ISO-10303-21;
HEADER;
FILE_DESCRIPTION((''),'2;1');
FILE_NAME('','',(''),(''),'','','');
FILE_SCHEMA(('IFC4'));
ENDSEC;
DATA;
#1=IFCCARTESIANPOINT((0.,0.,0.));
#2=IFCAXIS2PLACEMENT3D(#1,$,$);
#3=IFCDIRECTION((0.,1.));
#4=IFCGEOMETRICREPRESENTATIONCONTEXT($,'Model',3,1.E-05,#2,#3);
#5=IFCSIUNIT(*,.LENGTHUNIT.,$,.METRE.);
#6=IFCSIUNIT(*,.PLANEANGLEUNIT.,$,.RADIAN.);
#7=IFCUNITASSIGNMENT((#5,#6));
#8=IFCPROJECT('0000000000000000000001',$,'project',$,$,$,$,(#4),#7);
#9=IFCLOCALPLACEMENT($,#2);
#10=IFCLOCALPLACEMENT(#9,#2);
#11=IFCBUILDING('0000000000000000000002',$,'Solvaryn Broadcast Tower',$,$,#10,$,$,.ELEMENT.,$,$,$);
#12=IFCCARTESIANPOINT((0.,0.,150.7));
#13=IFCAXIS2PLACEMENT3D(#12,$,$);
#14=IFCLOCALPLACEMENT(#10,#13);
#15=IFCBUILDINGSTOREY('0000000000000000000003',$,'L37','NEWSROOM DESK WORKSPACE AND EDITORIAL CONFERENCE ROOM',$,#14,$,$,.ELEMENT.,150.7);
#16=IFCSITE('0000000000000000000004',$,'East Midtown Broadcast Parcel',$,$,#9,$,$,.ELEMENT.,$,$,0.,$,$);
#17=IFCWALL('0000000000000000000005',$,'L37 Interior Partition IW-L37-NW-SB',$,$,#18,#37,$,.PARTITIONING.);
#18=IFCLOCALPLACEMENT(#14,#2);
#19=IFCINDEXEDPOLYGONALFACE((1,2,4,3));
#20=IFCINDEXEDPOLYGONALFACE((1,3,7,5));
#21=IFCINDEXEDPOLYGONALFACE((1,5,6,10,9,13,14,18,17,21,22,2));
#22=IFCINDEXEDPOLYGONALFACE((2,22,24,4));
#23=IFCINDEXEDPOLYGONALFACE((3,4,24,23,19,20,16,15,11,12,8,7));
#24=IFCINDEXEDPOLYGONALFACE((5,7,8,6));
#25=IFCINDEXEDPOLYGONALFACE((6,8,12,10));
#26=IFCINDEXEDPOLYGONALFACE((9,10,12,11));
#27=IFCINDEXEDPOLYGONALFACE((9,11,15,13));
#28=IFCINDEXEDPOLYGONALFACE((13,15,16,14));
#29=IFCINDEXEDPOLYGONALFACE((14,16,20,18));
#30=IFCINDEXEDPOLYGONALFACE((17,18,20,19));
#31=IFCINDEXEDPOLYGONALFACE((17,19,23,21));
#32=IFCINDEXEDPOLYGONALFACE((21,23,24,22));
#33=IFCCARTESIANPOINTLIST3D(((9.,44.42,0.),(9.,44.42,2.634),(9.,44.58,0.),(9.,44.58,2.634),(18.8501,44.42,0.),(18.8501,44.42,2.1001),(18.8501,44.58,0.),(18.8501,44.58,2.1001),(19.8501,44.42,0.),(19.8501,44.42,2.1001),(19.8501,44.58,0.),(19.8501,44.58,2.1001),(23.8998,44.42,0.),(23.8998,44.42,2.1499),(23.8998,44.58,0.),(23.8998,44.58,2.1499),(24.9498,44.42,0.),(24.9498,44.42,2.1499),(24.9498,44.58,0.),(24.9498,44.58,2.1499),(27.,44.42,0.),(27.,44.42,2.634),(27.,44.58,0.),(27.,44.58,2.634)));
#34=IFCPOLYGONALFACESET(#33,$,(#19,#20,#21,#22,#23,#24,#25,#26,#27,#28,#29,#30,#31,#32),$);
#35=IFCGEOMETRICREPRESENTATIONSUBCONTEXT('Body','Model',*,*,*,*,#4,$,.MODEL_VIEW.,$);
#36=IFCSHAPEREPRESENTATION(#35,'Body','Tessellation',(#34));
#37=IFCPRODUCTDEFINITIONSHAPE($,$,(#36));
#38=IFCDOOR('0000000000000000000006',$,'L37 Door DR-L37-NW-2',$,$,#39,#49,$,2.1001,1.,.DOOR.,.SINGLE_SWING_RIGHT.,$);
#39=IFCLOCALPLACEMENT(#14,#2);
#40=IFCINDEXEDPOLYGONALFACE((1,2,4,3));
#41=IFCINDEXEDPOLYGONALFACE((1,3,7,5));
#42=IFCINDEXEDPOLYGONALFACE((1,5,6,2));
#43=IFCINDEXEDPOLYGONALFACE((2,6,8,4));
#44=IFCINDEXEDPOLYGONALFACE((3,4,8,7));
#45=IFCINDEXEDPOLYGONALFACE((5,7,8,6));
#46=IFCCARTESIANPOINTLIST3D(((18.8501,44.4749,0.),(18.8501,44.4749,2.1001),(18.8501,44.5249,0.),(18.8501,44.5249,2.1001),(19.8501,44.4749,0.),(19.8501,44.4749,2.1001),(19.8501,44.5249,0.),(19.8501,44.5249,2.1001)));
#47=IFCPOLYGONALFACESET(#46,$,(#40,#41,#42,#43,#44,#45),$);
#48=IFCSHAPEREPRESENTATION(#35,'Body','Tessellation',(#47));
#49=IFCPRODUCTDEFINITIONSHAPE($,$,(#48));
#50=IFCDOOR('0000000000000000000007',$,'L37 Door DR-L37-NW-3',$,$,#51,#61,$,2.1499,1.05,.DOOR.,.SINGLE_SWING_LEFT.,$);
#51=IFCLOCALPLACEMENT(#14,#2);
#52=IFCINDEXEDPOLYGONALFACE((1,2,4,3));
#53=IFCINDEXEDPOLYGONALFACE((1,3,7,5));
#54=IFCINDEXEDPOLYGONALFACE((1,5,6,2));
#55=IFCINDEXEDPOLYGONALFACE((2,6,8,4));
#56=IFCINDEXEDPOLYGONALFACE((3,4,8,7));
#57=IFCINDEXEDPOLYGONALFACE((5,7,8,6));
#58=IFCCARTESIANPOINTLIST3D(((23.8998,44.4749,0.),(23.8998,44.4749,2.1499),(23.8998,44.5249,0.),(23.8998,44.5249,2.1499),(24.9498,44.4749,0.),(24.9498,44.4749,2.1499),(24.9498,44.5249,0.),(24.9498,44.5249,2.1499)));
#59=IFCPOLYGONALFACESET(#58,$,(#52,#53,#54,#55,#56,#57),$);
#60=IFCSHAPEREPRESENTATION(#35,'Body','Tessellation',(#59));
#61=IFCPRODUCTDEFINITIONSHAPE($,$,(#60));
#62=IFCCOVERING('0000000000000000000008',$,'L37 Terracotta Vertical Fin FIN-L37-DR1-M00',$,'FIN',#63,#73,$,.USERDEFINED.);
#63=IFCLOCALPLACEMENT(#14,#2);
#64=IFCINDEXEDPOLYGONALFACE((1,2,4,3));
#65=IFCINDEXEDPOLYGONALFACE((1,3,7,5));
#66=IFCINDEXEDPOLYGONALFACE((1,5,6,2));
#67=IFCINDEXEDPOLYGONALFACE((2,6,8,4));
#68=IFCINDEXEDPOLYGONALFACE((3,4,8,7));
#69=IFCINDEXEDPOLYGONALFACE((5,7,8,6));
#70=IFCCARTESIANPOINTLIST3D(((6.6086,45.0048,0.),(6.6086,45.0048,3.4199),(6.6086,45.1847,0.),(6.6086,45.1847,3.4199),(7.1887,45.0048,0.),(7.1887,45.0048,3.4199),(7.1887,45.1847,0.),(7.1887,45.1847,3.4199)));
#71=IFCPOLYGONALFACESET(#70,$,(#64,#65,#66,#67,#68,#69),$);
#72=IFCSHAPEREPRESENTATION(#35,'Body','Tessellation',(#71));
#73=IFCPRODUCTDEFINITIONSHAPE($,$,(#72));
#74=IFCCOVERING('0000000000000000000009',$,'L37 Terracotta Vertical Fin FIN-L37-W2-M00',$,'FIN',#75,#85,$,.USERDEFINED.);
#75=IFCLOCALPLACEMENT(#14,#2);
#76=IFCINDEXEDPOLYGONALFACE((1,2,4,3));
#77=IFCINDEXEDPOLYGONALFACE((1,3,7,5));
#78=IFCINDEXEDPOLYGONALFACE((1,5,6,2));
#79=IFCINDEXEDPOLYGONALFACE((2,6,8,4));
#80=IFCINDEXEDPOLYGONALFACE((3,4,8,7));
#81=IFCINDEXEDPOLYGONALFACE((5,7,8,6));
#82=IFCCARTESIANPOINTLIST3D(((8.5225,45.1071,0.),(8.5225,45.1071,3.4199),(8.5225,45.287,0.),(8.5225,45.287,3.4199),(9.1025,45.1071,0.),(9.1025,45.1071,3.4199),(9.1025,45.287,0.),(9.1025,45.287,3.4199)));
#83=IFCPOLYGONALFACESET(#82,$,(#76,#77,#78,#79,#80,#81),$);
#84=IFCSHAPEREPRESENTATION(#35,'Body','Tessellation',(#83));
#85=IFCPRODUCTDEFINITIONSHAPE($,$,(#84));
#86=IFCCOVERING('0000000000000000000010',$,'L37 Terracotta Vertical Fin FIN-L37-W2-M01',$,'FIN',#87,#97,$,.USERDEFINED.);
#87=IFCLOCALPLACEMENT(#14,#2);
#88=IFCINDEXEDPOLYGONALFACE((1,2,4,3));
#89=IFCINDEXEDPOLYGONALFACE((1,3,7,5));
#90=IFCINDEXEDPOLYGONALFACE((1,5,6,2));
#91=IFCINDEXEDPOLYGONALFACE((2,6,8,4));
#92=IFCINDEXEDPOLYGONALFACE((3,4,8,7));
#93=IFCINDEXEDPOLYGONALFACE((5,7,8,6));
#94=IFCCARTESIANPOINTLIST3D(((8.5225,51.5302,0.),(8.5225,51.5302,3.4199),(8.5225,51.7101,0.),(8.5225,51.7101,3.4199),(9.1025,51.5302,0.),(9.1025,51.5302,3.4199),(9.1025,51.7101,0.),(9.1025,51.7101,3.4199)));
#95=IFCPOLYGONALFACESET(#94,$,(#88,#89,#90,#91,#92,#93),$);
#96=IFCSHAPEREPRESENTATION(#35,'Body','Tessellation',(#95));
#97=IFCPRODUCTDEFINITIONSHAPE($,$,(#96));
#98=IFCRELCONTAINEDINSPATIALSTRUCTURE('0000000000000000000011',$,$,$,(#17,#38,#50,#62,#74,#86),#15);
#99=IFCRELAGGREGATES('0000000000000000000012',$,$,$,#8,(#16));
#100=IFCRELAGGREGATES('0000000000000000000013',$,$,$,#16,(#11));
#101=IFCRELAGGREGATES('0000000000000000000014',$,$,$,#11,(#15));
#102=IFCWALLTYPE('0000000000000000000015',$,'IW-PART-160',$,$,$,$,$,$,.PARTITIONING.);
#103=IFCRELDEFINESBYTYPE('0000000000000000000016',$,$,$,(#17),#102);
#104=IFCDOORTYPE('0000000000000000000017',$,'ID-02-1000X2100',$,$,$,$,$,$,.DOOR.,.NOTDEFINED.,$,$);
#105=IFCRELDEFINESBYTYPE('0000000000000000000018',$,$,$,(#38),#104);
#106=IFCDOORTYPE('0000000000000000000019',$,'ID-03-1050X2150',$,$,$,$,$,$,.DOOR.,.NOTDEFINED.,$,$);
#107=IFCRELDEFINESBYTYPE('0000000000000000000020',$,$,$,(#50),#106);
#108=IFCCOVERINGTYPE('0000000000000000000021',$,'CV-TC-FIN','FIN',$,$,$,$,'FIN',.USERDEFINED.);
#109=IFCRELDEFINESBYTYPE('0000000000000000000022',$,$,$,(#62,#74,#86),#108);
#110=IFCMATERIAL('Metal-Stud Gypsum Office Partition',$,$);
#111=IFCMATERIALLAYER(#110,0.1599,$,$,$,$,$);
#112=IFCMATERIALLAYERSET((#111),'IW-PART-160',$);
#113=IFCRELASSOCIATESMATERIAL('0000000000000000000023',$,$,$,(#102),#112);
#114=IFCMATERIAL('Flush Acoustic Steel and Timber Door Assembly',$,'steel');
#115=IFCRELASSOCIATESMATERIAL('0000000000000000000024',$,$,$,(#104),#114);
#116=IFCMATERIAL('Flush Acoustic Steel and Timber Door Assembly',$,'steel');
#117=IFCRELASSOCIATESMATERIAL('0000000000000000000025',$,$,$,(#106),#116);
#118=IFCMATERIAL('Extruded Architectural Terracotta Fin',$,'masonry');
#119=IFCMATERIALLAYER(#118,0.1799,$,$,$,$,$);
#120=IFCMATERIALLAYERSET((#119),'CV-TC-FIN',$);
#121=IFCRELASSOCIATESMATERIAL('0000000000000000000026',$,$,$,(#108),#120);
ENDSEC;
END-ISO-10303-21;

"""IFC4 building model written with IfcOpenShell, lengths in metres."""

from ifc_helpers import new_model, si_unit, direction, frame, frame_2d, origin, origin_2d, place, context, subcontext, project, spatial, rectangle, extrude, material, layer, layer_set, type_object, element, fill, save


model = new_model("IFC4")

# Units and contexts
model_context = context("Model", 3, precision=1e-05, world=origin(), true_north=direction((0.0, 1.0)))
body_context = subcontext(model_context, "Body", "Model", "MODEL_VIEW")
ifc_project = project(units=[si_unit("LENGTHUNIT", "METRE"), si_unit("PLANEANGLEUNIT", "RADIAN")], contexts=[model_context])

# Site, building, storey
site_placement = place(None, origin())
site = spatial("IfcSite", under=ifc_project, at=site_placement, Name="East Midtown Broadcast Parcel", CompositionType="ELEMENT", RefElevation=0.0)
building_placement = place(site_placement, origin())
building = spatial("IfcBuilding", under=site, at=building_placement, Name="Solvaryn Broadcast Tower", CompositionType="ELEMENT")
storey_placement = place(building_placement, frame((0.0, 0.0, 150.7)))
storey = spatial("IfcBuildingStorey", under=building, at=storey_placement, Name="L37", Description="NEWSROOM DESK WORKSPACE AND EDITORIAL CONFERENCE ROOM", CompositionType="ELEMENT", Elevation=150.7)

# Shared definitions
ifc_material_1 = material(Name="Metal-Stud Gypsum Office Partition")
ifc_layer_1 = layer(ifc_material_1, 0.1599)
ifc_layer_set_1 = layer_set([ifc_layer_1], Name="IW-PART-160")
wall_type_1 = type_object("IfcWallType", Name="IW-PART-160", PredefinedType="PARTITIONING", material=ifc_layer_set_1)

# Wall, openings, doors
wall_1_placement = place(storey_placement, frame((9.0, 44.5, 0.0), z_axis=(0.0, 0.0, 1.0), x_axis=(1.0, 0.0, 0.0)))
wall_1 = element("IfcWall", 1, at=wall_1_placement, inside=storey, type_object=wall_type_1, Name="L37 Interior Partition IW-L37-NW-SB", PredefinedType="PARTITIONING", context=body_context, shape_type="SweptSolid", body=[
    extrude(rectangle(XDim=18.0, YDim=0.1599, at=frame_2d((9.0, 0.0))), origin(), (0.0, 0.0, 1.0), 2.634),
])
opening_1_placement = place(wall_1_placement, frame((9.8501, 0.0, 0.0)))
opening_1 = element("IfcOpeningElement", 2, at=opening_1_placement, cuts=wall_1, PredefinedType="OPENING", context=body_context, shape_type="SweptSolid", body=[
    extrude(rectangle(XDim=1.0, YDim=2.1001, at=frame_2d((0.5, 1.05))), frame((0.0, 0.0901, 0.0), z_axis=(0.0, -1.0, 0.0), x_axis=(1.0, 0.0, 0.0)), (0.0, 0.0, 1.0), 0.1799),
])
opening_2_placement = place(wall_1_placement, frame((14.8999, 0.0, 0.0)))
opening_2 = element("IfcOpeningElement", 3, at=opening_2_placement, cuts=wall_1, PredefinedType="OPENING", context=body_context, shape_type="SweptSolid", body=[
    extrude(rectangle(XDim=1.05, YDim=2.1499, at=frame_2d((0.5249, 1.075))), frame((0.0, 0.0901, 0.0), z_axis=(0.0, -1.0, 0.0), x_axis=(1.0, 0.0, 0.0)), (0.0, 0.0, 1.0), 0.1799),
])
ifc_material_2 = material(Name="Flush Acoustic Steel and Timber Door Assembly", Category="steel")
door_type_1 = type_object("IfcDoorType", Name="ID-02-1000X2100", OperationType="NOTDEFINED", PredefinedType="DOOR", material=ifc_material_2)
door_1_placement = place(opening_1_placement, origin())
door_1 = element("IfcDoor", 4, at=door_1_placement, inside=storey, type_object=door_type_1, Name="L37 Door DR-L37-NW-2", OperationType="SINGLE_SWING_RIGHT", OverallHeight=2.1001, OverallWidth=1.0, PredefinedType="DOOR", context=body_context, shape_type="SweptSolid", body=[
    extrude(rectangle(XDim=1.0, YDim=2.1001, at=frame_2d((0.5, 1.05))), frame((0.0, 0.0249, 0.0), z_axis=(0.0, -1.0, 0.0), x_axis=(1.0, 0.0, 0.0)), (0.0, 0.0, 1.0), 0.05),
])
fill(opening_1, door_1)
ifc_material_3 = material(Name="Flush Acoustic Steel and Timber Door Assembly", Category="steel")
door_type_2 = type_object("IfcDoorType", Name="ID-03-1050X2150", OperationType="NOTDEFINED", PredefinedType="DOOR", material=ifc_material_3)
door_2_placement = place(opening_2_placement, origin())
door_2 = element("IfcDoor", 5, at=door_2_placement, inside=storey, type_object=door_type_2, Name="L37 Door DR-L37-NW-3", OperationType="SINGLE_SWING_LEFT", OverallHeight=2.1499, OverallWidth=1.05, PredefinedType="DOOR", context=body_context, shape_type="SweptSolid", body=[
    extrude(rectangle(XDim=1.05, YDim=2.1499, at=frame_2d((0.5249, 1.075))), frame((0.0, 0.0249, 0.0), z_axis=(0.0, -1.0, 0.0), x_axis=(1.0, 0.0, 0.0)), (0.0, 0.0, 1.0), 0.05),
])
fill(opening_2, door_2)

# Coverings
ifc_material_4 = material(Name="Extruded Architectural Terracotta Fin", Category="masonry")
ifc_layer_2 = layer(ifc_material_4, 0.1799)
ifc_layer_set_2 = layer_set([ifc_layer_2], Name="CV-TC-FIN")
covering_type = type_object("IfcCoveringType", Name="CV-TC-FIN", Description="FIN", ElementType="FIN", PredefinedType="USERDEFINED", material=ifc_layer_set_2)
for number, where, z_axis, x_axis, name in (
    (6, (6.8987, 45.0947, 0.0), (0.0, 0.0, 1.0), (1.0, 0.0, 0.0), "L37 Terracotta Vertical Fin FIN-L37-DR1-M00"),
    (7, (8.8125, 45.197, 0.0), (0.0, 0.0, 1.0), (1.0, 0.0, 0.0), "L37 Terracotta Vertical Fin FIN-L37-W2-M00"),
    (8, (8.8125, 51.6201, 0.0), (0.0, 0.0, 1.0), (1.0, 0.0, 0.0), "L37 Terracotta Vertical Fin FIN-L37-W2-M01"),
):
    element("IfcCovering", number, at=place(storey_placement, frame(where, z_axis=z_axis, x_axis=x_axis)), inside=storey, type_object=covering_type, Name=name, ObjectType="FIN", PredefinedType="USERDEFINED", context=body_context, shape_type="SweptSolid", body=[
        extrude(rectangle(XDim=0.5801, YDim=0.1799, at=origin_2d()), origin(), (0.0, 0.0, 1.0), 3.4199),
    ])

save(model, "model.ifc")
